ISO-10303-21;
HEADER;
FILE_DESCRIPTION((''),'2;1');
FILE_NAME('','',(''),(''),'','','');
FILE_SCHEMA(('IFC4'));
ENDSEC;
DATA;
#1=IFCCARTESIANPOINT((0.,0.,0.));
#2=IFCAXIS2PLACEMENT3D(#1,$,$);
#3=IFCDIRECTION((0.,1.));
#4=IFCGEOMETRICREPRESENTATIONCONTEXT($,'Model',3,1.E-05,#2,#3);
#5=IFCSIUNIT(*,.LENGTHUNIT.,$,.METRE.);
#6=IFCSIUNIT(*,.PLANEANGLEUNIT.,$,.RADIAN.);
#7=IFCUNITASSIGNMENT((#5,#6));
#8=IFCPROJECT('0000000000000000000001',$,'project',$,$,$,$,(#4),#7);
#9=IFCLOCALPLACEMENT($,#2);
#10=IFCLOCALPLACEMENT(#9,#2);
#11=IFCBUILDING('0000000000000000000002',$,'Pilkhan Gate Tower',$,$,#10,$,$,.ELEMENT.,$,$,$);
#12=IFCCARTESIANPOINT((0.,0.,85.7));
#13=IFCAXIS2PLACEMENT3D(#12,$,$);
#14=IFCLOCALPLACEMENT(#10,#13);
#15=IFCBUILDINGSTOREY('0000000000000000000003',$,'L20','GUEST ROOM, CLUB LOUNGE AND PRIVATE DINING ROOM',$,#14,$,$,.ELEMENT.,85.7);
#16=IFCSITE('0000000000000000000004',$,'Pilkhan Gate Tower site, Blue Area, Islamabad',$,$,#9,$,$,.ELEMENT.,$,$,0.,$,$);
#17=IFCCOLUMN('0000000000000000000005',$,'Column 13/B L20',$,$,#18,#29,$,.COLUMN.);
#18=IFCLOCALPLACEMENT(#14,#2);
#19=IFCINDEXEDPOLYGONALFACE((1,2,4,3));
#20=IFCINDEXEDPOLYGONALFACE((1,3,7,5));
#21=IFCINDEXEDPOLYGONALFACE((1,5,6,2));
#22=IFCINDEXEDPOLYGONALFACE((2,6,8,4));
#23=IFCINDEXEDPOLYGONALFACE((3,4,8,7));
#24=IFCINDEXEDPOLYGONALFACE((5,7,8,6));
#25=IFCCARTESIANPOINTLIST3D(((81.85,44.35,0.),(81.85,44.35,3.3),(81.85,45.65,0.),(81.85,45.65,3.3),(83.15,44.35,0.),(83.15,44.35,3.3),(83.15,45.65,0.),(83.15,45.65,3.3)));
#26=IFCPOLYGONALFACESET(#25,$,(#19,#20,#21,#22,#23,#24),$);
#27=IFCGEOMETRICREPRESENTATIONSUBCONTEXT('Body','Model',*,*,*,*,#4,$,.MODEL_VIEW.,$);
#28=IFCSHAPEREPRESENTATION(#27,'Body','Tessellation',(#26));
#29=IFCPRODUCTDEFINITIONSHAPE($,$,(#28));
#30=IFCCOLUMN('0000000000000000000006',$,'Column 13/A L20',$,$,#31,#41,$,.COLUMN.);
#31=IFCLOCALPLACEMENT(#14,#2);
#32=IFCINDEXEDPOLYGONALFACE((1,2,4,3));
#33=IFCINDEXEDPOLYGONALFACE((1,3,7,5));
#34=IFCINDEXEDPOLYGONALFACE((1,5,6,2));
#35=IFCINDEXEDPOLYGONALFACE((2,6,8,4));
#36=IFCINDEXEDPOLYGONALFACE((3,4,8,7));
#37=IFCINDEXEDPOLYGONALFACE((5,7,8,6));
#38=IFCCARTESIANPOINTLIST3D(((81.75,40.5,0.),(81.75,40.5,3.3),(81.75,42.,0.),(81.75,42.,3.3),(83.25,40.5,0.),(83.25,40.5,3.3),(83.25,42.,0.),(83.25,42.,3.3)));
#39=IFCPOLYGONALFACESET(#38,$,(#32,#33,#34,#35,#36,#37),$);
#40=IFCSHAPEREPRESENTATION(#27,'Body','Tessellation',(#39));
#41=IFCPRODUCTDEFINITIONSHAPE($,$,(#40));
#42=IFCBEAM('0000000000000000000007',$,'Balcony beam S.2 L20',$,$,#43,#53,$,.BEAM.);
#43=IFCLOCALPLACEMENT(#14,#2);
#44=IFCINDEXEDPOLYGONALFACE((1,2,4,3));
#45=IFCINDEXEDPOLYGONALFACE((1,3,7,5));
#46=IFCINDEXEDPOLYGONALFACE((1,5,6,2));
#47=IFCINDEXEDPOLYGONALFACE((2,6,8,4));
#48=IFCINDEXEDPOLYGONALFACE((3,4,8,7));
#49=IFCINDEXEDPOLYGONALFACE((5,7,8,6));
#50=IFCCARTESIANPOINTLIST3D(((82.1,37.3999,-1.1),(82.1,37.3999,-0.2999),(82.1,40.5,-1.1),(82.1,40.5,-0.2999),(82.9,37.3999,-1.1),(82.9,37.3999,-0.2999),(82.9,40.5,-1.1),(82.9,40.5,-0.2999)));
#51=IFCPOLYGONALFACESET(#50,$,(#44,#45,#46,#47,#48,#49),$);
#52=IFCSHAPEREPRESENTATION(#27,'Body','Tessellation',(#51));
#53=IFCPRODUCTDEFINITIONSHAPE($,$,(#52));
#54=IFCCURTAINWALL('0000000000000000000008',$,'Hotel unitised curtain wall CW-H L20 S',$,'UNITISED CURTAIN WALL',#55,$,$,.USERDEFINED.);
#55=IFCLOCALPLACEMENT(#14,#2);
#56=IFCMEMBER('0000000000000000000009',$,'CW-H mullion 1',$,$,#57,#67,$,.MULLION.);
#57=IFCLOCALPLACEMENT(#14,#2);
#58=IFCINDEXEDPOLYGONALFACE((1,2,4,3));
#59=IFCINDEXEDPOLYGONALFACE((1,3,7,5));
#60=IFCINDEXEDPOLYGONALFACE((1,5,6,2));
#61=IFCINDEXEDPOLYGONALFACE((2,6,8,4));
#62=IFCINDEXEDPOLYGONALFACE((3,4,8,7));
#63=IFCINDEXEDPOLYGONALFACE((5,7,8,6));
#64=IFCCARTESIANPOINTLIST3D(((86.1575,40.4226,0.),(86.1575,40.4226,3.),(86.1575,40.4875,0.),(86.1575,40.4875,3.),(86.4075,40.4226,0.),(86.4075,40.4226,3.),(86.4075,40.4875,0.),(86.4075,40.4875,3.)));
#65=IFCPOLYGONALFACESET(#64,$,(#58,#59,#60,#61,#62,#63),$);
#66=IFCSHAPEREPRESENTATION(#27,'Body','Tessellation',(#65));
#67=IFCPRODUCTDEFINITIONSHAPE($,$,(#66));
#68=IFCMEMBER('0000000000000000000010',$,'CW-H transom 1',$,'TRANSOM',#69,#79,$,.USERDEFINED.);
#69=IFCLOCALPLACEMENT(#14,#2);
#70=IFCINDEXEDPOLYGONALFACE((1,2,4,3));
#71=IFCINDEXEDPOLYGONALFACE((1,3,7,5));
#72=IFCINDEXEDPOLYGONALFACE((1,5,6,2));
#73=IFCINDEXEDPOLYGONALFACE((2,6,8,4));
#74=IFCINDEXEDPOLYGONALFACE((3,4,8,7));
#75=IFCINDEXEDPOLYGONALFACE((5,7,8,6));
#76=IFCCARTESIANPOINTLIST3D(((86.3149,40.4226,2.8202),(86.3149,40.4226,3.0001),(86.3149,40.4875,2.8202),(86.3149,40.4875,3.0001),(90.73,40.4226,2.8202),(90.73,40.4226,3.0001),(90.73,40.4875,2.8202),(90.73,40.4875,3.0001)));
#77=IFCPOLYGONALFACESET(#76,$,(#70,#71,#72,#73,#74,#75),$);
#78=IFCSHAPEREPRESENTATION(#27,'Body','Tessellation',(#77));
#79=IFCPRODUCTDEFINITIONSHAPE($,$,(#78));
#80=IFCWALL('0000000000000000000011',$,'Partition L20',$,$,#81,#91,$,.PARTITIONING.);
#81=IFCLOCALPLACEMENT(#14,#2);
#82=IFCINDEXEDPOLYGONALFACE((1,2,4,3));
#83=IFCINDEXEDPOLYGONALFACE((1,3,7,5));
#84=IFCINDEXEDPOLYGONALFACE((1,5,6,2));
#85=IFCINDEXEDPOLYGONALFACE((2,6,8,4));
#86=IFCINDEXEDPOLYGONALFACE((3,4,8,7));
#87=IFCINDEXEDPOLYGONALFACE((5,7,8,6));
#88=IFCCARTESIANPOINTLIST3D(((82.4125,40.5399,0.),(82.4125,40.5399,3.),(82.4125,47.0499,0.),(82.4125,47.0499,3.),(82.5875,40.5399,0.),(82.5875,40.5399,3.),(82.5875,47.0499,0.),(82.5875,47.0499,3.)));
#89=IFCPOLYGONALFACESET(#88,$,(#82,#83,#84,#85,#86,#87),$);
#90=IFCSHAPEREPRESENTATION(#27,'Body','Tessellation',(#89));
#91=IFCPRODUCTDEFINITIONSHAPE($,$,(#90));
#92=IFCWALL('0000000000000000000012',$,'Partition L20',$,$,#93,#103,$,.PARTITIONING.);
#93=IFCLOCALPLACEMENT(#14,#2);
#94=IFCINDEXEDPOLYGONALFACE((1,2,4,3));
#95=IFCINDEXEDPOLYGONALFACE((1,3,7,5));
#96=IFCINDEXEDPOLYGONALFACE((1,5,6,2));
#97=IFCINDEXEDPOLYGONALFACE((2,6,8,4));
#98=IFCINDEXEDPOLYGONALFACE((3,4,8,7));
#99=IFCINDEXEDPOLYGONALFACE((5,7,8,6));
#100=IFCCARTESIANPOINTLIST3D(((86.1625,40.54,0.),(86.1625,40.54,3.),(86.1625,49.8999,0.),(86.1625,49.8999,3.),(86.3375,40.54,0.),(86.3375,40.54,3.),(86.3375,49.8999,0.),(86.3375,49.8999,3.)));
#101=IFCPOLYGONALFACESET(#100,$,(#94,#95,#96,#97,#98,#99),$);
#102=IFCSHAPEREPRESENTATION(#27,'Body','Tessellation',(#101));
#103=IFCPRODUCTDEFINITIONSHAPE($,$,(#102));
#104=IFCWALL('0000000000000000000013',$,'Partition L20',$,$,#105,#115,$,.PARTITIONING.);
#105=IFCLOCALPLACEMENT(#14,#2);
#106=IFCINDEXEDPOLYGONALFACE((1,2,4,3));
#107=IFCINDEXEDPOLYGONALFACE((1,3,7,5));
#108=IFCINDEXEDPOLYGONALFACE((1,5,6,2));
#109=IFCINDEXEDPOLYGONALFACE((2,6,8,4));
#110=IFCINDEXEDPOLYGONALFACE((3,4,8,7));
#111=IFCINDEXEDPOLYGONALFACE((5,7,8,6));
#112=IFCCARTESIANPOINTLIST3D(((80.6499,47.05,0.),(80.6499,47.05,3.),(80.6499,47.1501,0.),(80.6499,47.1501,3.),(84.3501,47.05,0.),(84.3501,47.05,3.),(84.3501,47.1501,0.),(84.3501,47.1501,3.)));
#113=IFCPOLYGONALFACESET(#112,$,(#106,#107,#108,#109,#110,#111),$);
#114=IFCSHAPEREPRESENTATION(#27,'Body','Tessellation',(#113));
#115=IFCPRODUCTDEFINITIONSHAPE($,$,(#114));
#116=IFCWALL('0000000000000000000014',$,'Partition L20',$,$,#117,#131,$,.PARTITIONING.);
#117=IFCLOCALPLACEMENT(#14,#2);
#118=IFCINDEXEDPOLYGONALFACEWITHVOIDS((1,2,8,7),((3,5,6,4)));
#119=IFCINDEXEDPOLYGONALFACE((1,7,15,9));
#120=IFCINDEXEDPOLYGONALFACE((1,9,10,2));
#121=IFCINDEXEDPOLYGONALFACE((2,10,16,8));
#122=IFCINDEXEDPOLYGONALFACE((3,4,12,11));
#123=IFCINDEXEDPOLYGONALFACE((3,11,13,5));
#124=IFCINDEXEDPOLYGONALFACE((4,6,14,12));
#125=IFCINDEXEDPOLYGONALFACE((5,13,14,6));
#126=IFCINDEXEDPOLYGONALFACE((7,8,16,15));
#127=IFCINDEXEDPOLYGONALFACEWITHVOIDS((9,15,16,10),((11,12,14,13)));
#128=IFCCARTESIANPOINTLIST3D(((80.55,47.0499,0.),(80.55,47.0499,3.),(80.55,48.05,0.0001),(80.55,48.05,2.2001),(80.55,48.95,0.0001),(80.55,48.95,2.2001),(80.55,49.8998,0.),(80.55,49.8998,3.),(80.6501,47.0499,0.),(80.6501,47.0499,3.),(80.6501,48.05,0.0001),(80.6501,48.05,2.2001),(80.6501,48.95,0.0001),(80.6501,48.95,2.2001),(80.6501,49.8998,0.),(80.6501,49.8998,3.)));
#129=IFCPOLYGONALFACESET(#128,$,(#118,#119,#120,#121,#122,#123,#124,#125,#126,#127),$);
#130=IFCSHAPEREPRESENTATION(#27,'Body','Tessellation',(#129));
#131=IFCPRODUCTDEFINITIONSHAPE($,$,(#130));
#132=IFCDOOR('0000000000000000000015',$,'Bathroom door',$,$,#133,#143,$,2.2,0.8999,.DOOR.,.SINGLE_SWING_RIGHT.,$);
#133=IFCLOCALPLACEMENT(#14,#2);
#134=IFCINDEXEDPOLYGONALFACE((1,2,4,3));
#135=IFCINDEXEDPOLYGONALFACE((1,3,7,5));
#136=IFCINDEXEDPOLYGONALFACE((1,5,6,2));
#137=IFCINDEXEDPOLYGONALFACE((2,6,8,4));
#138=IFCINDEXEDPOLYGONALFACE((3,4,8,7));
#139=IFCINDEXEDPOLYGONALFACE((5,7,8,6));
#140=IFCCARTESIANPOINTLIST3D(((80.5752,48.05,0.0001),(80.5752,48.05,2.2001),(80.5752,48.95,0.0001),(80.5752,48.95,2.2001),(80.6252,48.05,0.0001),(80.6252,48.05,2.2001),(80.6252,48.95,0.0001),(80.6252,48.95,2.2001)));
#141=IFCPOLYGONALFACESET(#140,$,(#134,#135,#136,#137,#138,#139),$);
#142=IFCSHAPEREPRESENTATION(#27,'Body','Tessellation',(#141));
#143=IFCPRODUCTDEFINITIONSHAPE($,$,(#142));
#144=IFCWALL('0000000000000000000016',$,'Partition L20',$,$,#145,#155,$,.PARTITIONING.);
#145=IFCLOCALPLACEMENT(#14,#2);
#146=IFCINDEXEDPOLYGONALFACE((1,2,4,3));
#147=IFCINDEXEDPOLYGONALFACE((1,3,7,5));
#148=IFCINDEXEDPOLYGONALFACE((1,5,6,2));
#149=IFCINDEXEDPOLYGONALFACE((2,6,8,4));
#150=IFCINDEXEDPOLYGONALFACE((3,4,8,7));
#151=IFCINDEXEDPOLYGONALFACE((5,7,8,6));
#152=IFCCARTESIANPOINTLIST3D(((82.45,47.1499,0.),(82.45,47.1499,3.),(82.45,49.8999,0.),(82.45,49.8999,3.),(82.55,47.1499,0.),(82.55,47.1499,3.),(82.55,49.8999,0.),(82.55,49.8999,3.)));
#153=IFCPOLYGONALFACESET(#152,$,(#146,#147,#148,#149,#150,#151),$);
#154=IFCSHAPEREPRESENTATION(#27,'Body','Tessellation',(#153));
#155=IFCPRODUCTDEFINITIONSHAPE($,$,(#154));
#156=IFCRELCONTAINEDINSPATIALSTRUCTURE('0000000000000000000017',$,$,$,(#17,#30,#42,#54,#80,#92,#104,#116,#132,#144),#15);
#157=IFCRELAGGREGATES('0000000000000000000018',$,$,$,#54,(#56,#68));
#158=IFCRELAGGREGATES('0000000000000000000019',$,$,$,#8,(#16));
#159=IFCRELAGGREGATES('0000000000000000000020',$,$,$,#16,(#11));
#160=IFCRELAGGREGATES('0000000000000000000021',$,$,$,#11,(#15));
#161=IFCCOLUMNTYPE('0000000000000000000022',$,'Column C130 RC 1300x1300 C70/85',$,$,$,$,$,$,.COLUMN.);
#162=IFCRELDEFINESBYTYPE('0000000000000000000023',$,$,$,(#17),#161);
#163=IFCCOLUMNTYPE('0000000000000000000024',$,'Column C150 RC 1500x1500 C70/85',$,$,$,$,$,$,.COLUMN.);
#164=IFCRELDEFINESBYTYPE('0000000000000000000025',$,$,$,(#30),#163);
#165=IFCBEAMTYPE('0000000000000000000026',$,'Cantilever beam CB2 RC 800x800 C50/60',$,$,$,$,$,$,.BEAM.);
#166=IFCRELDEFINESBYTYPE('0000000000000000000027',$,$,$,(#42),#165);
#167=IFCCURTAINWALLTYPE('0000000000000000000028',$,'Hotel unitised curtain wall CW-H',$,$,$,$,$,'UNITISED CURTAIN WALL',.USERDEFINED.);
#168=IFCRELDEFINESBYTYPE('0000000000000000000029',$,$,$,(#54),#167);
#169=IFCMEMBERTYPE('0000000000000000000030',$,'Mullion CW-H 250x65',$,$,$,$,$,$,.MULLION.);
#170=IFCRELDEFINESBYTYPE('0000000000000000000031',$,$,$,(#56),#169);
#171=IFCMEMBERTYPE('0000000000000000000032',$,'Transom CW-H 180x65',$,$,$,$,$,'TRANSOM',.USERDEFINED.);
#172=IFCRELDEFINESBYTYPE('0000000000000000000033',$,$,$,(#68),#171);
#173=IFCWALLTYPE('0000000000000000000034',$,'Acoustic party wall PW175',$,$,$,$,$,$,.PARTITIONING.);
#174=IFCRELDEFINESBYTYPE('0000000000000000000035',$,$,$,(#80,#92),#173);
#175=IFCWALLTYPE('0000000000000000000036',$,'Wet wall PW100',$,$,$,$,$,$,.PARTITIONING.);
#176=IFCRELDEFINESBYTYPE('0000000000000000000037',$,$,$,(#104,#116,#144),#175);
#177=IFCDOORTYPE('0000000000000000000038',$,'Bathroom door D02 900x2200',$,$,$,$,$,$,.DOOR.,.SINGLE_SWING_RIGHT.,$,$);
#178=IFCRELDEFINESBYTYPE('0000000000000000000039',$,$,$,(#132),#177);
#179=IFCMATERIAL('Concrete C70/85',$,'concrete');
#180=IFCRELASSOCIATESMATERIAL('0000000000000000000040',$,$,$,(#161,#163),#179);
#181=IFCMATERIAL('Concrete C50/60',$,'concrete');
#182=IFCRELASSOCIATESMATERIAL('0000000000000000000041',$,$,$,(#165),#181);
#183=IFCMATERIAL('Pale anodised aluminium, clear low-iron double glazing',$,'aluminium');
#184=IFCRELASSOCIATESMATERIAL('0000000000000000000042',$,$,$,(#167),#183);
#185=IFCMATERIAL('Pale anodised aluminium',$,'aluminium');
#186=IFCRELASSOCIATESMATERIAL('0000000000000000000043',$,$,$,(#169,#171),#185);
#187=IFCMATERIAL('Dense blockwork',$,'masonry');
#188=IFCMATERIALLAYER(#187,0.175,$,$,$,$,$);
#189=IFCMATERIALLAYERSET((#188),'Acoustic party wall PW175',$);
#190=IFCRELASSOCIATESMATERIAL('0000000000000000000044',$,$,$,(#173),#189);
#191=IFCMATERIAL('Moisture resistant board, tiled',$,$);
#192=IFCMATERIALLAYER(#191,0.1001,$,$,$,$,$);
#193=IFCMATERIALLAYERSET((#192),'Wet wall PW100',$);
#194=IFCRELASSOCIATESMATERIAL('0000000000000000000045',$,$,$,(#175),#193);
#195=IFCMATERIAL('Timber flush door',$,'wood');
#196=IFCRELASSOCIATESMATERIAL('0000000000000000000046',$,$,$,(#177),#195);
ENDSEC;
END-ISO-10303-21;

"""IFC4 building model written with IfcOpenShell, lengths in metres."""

from ifc_helpers import new_model, si_unit, direction, frame, frame_2d, origin, origin_2d, place, context, subcontext, project, spatial, rectangle, extrude, material, layer, layer_set, material_profile, profile_set, type_object, element, fill, aggregate, save


model = new_model("IFC4")

# Units and contexts
model_context = context("Model", 3, precision=1e-05, world=origin(), true_north=direction((0.0, 1.0)))
body_context = subcontext(model_context, "Body", "Model", "MODEL_VIEW")
ifc_project = project(units=[si_unit("LENGTHUNIT", "METRE"), si_unit("PLANEANGLEUNIT", "RADIAN")], contexts=[model_context])

# Site, building, storey
site_placement = place(None, origin())
site = spatial("IfcSite", under=ifc_project, at=site_placement, Name="Pilkhan Gate Tower site, Blue Area, Islamabad", CompositionType="ELEMENT", RefElevation=0.0)
building_placement = place(site_placement, origin())
building = spatial("IfcBuilding", under=site, at=building_placement, Name="Pilkhan Gate Tower", CompositionType="ELEMENT")
storey_placement = place(building_placement, frame((0.0, 0.0, 85.7)))
storey = spatial("IfcBuildingStorey", under=building, at=storey_placement, Name="L20", Description="GUEST ROOM, CLUB LOUNGE AND PRIVATE DINING ROOM", CompositionType="ELEMENT", Elevation=85.7)

# Columns
ifc_material_1 = material(Name="Concrete C70/85", Category="concrete")
ifc_material_profile_1 = material_profile(ifc_material_1, rectangle(XDim=1.3, YDim=1.3, at=origin_2d()), Name="RC 1300x1300")
ifc_profile_set_1 = profile_set([ifc_material_profile_1], Name="Concrete C70/85")
column_type_1 = type_object("IfcColumnType", Name="Column C130 RC 1300x1300 C70/85", PredefinedType="COLUMN", material=ifc_profile_set_1)
column_1_placement = place(storey_placement, frame((82.5, 45.0, 0.0), z_axis=(0.0, 0.0, 1.0), x_axis=(1.0, 0.0, 0.0)))
element("IfcColumn", 1, at=column_1_placement, inside=storey, type_object=column_type_1, Name="Column 13/B L20", PredefinedType="COLUMN", context=body_context, shape_type="SweptSolid", body=[
    extrude(rectangle(XDim=1.3, YDim=1.3, at=origin_2d()), origin(), (0.0, 0.0, 1.0), 3.3),
])
ifc_material_profile_2 = material_profile(ifc_material_1, rectangle(XDim=1.5, YDim=1.5, at=origin_2d()), Name="RC 1500x1500")
ifc_profile_set_2 = profile_set([ifc_material_profile_2], Name="Concrete C70/85")
column_type_2 = type_object("IfcColumnType", Name="Column C150 RC 1500x1500 C70/85", PredefinedType="COLUMN", material=ifc_profile_set_2)
column_2_placement = place(storey_placement, frame((82.5, 41.25, 0.0), z_axis=(0.0, 0.0, 1.0), x_axis=(1.0, 0.0, 0.0)))
element("IfcColumn", 2, at=column_2_placement, inside=storey, type_object=column_type_2, Name="Column 13/A L20", PredefinedType="COLUMN", context=body_context, shape_type="SweptSolid", body=[
    extrude(rectangle(XDim=1.5, YDim=1.5, at=origin_2d()), origin(), (0.0, 0.0, 1.0), 3.3),
])

# Beam
ifc_material_2 = material(Name="Concrete C50/60", Category="concrete")
ifc_material_profile_3 = material_profile(ifc_material_2, rectangle(XDim=0.8, YDim=0.8, at=origin_2d()), Name="RC 800x800")
ifc_profile_set_3 = profile_set([ifc_material_profile_3], Name="Concrete C50/60")
beam_type = type_object("IfcBeamType", Name="Cantilever beam CB2 RC 800x800 C50/60", PredefinedType="BEAM", material=ifc_profile_set_3)
beam_placement = place(storey_placement, frame((82.5, 40.5, -0.7), z_axis=(0.0, -1.0, 0.0), x_axis=(1.0, 0.0, 0.0)))
element("IfcBeam", 3, at=beam_placement, inside=storey, type_object=beam_type, Name="Balcony beam S.2 L20", PredefinedType="BEAM", context=body_context, shape_type="SweptSolid", body=[
    extrude(rectangle(XDim=0.8, YDim=0.8, at=origin_2d()), origin(), (0.0, 0.0, 1.0), 3.1001),
])

# Curtain wall, members
ifc_material_3 = material(Name="Pale anodised aluminium, clear low-iron double glazing", Category="aluminium")
curtain_wall_type = type_object("IfcCurtainWallType", Name="Hotel unitised curtain wall CW-H", ElementType="UNITISED CURTAIN WALL", PredefinedType="USERDEFINED", material=ifc_material_3)
curtain_wall_placement = place(storey_placement, origin())
curtain_wall = element("IfcCurtainWall", 4, at=curtain_wall_placement, inside=storey, type_object=curtain_wall_type, Name="Hotel unitised curtain wall CW-H L20 S", ObjectType="UNITISED CURTAIN WALL", PredefinedType="USERDEFINED")
ifc_material_4 = material(Name="Pale anodised aluminium", Category="aluminium")
ifc_material_profile_4 = material_profile(ifc_material_4, rectangle(XDim=0.0649, YDim=0.25, at=origin_2d()), Name="Mullion 250x65")
ifc_profile_set_4 = profile_set([ifc_material_profile_4], Name="Pale anodised aluminium")
member_type_1 = type_object("IfcMemberType", Name="Mullion CW-H 250x65", PredefinedType="MULLION", material=ifc_profile_set_4)
member_1_placement = place(storey_placement, frame((86.2825, 40.4551, 0.0), z_axis=(0.0, 0.0, 1.0), x_axis=(0.0, 1.0, 0.0)))
member_1 = element("IfcMember", 5, at=member_1_placement, type_object=member_type_1, Name="CW-H mullion 1", PredefinedType="MULLION", context=body_context, shape_type="SweptSolid", body=[
    extrude(rectangle(XDim=0.0649, YDim=0.25, at=origin_2d()), origin(), (0.0, 0.0, 1.0), 3.0),
])
ifc_material_profile_5 = material_profile(ifc_material_4, rectangle(XDim=0.0649, YDim=0.1799, at=origin_2d()), Name="Transom 180x65")
ifc_profile_set_5 = profile_set([ifc_material_profile_5], Name="Pale anodised aluminium")
member_type_2 = type_object("IfcMemberType", Name="Transom CW-H 180x65", ElementType="TRANSOM", PredefinedType="USERDEFINED", material=ifc_profile_set_5)
member_2_placement = place(storey_placement, frame((86.3149, 40.4551, 2.9102), z_axis=(1.0, 0.0, 0.0), x_axis=(0.0, 1.0, 0.0)))
member_2 = element("IfcMember", 6, at=member_2_placement, type_object=member_type_2, Name="CW-H transom 1", ObjectType="TRANSOM", PredefinedType="USERDEFINED", context=body_context, shape_type="SweptSolid", body=[
    extrude(rectangle(XDim=0.0649, YDim=0.1799, at=origin_2d()), origin(), (0.0, 0.0, 1.0), 4.415),
])
aggregate(curtain_wall, [member_1, member_2])

# Walls
ifc_material_5 = material(Name="Dense blockwork", Category="masonry")
ifc_layer_1 = layer(ifc_material_5, 0.175)
ifc_layer_set_1 = layer_set([ifc_layer_1], Name="Acoustic party wall PW175")
wall_type_1 = type_object("IfcWallType", Name="Acoustic party wall PW175", PredefinedType="PARTITIONING", material=ifc_layer_set_1)
wall_1_placement = place(storey_placement, frame((82.5, 40.54, 0.0), z_axis=(0.0, 0.0, 1.0), x_axis=(0.0, 1.0, 0.0)))
element("IfcWall", 7, at=wall_1_placement, inside=storey, type_object=wall_type_1, Name="Partition L20", PredefinedType="PARTITIONING", context=body_context, shape_type="SweptSolid", body=[
    extrude(rectangle(XDim=6.51, YDim=0.175, at=frame_2d((3.2549, 0.0))), origin(), (0.0, 0.0, 1.0), 3.0),
])
wall_2_placement = place(storey_placement, frame((86.25, 40.54, 0.0), z_axis=(0.0, 0.0, 1.0), x_axis=(0.0, 1.0, 0.0)))
element("IfcWall", 8, at=wall_2_placement, inside=storey, type_object=wall_type_1, Name="Partition L20", PredefinedType="PARTITIONING", context=body_context, shape_type="SweptSolid", body=[
    extrude(rectangle(XDim=9.3599, YDim=0.175, at=frame_2d((4.6799, 0.0))), origin(), (0.0, 0.0, 1.0), 3.0),
])

# Wall
ifc_material_6 = material(Name="Moisture resistant board, tiled")
ifc_layer_2 = layer(ifc_material_6, 0.1001)
ifc_layer_set_2 = layer_set([ifc_layer_2], Name="Wet wall PW100")
wall_type_2 = type_object("IfcWallType", Name="Wet wall PW100", PredefinedType="PARTITIONING", material=ifc_layer_set_2)
wall_3_placement = place(storey_placement, frame((80.6499, 47.1001, 0.0), z_axis=(0.0, 0.0, 1.0), x_axis=(1.0, 0.0, 0.0)))
element("IfcWall", 9, at=wall_3_placement, inside=storey, type_object=wall_type_2, Name="Partition L20", PredefinedType="PARTITIONING", context=body_context, shape_type="SweptSolid", body=[
    extrude(rectangle(XDim=3.7002, YDim=0.1001, at=frame_2d((1.8501, 0.0))), origin(), (0.0, 0.0, 1.0), 3.0),
])

# Wall, opening, door
wall_4_placement = place(storey_placement, frame((80.6001, 47.05, 0.0), z_axis=(0.0, 0.0, 1.0), x_axis=(0.0, 1.0, 0.0)))
wall_4 = element("IfcWall", 10, at=wall_4_placement, inside=storey, type_object=wall_type_2, Name="Partition L20", PredefinedType="PARTITIONING", context=body_context, shape_type="SweptSolid", body=[
    extrude(rectangle(XDim=2.8499, YDim=0.1001, at=frame_2d((1.4248, 0.0))), origin(), (0.0, 0.0, 1.0), 3.0),
])
opening_1_placement = place(wall_4_placement, frame((1.0, 0.0, 0.0)))
opening_1 = element("IfcOpeningElement", 11, at=opening_1_placement, cuts=wall_4, PredefinedType="OPENING", context=body_context, shape_type="SweptSolid", body=[
    extrude(rectangle(XDim=0.8999, YDim=2.2, at=frame_2d((0.45, 1.1001))), frame((0.0, 0.0601, 0.0), z_axis=(0.0, -1.0, 0.0), x_axis=(1.0, 0.0, 0.0)), (0.0, 0.0, 1.0), 0.1201),
])
ifc_material_7 = material(Name="Timber flush door", Category="wood")
door_type_1 = type_object("IfcDoorType", Name="Bathroom door D02 900x2200", OperationType="SINGLE_SWING_RIGHT", PredefinedType="DOOR", material=ifc_material_7)
door_1_placement = place(opening_1_placement, origin())
door_1 = element("IfcDoor", 12, at=door_1_placement, inside=storey, type_object=door_type_1, Name="Bathroom door", OperationType="SINGLE_SWING_RIGHT", OverallHeight=2.2, OverallWidth=0.8999, PredefinedType="DOOR", context=body_context, shape_type="SweptSolid", body=[
    extrude(rectangle(XDim=0.8999, YDim=2.2, at=frame_2d((0.45, 1.1001))), frame((0.0, 0.0249, 0.0), z_axis=(0.0, -1.0, 0.0), x_axis=(1.0, 0.0, 0.0)), (0.0, 0.0, 1.0), 0.05),
])
fill(opening_1, door_1)

# Wall
wall_5_placement = place(storey_placement, frame((82.5, 47.1499, 0.0), z_axis=(0.0, 0.0, 1.0), x_axis=(0.0, 1.0, 0.0)))
element("IfcWall", 13, at=wall_5_placement, inside=storey, type_object=wall_type_2, Name="Partition L20", PredefinedType="PARTITIONING", context=body_context, shape_type="SweptSolid", body=[
    extrude(rectangle(XDim=2.75, YDim=0.1001, at=frame_2d((1.375, 0.0))), origin(), (0.0, 0.0, 1.0), 3.0),
])

save(model, "model.ifc")
